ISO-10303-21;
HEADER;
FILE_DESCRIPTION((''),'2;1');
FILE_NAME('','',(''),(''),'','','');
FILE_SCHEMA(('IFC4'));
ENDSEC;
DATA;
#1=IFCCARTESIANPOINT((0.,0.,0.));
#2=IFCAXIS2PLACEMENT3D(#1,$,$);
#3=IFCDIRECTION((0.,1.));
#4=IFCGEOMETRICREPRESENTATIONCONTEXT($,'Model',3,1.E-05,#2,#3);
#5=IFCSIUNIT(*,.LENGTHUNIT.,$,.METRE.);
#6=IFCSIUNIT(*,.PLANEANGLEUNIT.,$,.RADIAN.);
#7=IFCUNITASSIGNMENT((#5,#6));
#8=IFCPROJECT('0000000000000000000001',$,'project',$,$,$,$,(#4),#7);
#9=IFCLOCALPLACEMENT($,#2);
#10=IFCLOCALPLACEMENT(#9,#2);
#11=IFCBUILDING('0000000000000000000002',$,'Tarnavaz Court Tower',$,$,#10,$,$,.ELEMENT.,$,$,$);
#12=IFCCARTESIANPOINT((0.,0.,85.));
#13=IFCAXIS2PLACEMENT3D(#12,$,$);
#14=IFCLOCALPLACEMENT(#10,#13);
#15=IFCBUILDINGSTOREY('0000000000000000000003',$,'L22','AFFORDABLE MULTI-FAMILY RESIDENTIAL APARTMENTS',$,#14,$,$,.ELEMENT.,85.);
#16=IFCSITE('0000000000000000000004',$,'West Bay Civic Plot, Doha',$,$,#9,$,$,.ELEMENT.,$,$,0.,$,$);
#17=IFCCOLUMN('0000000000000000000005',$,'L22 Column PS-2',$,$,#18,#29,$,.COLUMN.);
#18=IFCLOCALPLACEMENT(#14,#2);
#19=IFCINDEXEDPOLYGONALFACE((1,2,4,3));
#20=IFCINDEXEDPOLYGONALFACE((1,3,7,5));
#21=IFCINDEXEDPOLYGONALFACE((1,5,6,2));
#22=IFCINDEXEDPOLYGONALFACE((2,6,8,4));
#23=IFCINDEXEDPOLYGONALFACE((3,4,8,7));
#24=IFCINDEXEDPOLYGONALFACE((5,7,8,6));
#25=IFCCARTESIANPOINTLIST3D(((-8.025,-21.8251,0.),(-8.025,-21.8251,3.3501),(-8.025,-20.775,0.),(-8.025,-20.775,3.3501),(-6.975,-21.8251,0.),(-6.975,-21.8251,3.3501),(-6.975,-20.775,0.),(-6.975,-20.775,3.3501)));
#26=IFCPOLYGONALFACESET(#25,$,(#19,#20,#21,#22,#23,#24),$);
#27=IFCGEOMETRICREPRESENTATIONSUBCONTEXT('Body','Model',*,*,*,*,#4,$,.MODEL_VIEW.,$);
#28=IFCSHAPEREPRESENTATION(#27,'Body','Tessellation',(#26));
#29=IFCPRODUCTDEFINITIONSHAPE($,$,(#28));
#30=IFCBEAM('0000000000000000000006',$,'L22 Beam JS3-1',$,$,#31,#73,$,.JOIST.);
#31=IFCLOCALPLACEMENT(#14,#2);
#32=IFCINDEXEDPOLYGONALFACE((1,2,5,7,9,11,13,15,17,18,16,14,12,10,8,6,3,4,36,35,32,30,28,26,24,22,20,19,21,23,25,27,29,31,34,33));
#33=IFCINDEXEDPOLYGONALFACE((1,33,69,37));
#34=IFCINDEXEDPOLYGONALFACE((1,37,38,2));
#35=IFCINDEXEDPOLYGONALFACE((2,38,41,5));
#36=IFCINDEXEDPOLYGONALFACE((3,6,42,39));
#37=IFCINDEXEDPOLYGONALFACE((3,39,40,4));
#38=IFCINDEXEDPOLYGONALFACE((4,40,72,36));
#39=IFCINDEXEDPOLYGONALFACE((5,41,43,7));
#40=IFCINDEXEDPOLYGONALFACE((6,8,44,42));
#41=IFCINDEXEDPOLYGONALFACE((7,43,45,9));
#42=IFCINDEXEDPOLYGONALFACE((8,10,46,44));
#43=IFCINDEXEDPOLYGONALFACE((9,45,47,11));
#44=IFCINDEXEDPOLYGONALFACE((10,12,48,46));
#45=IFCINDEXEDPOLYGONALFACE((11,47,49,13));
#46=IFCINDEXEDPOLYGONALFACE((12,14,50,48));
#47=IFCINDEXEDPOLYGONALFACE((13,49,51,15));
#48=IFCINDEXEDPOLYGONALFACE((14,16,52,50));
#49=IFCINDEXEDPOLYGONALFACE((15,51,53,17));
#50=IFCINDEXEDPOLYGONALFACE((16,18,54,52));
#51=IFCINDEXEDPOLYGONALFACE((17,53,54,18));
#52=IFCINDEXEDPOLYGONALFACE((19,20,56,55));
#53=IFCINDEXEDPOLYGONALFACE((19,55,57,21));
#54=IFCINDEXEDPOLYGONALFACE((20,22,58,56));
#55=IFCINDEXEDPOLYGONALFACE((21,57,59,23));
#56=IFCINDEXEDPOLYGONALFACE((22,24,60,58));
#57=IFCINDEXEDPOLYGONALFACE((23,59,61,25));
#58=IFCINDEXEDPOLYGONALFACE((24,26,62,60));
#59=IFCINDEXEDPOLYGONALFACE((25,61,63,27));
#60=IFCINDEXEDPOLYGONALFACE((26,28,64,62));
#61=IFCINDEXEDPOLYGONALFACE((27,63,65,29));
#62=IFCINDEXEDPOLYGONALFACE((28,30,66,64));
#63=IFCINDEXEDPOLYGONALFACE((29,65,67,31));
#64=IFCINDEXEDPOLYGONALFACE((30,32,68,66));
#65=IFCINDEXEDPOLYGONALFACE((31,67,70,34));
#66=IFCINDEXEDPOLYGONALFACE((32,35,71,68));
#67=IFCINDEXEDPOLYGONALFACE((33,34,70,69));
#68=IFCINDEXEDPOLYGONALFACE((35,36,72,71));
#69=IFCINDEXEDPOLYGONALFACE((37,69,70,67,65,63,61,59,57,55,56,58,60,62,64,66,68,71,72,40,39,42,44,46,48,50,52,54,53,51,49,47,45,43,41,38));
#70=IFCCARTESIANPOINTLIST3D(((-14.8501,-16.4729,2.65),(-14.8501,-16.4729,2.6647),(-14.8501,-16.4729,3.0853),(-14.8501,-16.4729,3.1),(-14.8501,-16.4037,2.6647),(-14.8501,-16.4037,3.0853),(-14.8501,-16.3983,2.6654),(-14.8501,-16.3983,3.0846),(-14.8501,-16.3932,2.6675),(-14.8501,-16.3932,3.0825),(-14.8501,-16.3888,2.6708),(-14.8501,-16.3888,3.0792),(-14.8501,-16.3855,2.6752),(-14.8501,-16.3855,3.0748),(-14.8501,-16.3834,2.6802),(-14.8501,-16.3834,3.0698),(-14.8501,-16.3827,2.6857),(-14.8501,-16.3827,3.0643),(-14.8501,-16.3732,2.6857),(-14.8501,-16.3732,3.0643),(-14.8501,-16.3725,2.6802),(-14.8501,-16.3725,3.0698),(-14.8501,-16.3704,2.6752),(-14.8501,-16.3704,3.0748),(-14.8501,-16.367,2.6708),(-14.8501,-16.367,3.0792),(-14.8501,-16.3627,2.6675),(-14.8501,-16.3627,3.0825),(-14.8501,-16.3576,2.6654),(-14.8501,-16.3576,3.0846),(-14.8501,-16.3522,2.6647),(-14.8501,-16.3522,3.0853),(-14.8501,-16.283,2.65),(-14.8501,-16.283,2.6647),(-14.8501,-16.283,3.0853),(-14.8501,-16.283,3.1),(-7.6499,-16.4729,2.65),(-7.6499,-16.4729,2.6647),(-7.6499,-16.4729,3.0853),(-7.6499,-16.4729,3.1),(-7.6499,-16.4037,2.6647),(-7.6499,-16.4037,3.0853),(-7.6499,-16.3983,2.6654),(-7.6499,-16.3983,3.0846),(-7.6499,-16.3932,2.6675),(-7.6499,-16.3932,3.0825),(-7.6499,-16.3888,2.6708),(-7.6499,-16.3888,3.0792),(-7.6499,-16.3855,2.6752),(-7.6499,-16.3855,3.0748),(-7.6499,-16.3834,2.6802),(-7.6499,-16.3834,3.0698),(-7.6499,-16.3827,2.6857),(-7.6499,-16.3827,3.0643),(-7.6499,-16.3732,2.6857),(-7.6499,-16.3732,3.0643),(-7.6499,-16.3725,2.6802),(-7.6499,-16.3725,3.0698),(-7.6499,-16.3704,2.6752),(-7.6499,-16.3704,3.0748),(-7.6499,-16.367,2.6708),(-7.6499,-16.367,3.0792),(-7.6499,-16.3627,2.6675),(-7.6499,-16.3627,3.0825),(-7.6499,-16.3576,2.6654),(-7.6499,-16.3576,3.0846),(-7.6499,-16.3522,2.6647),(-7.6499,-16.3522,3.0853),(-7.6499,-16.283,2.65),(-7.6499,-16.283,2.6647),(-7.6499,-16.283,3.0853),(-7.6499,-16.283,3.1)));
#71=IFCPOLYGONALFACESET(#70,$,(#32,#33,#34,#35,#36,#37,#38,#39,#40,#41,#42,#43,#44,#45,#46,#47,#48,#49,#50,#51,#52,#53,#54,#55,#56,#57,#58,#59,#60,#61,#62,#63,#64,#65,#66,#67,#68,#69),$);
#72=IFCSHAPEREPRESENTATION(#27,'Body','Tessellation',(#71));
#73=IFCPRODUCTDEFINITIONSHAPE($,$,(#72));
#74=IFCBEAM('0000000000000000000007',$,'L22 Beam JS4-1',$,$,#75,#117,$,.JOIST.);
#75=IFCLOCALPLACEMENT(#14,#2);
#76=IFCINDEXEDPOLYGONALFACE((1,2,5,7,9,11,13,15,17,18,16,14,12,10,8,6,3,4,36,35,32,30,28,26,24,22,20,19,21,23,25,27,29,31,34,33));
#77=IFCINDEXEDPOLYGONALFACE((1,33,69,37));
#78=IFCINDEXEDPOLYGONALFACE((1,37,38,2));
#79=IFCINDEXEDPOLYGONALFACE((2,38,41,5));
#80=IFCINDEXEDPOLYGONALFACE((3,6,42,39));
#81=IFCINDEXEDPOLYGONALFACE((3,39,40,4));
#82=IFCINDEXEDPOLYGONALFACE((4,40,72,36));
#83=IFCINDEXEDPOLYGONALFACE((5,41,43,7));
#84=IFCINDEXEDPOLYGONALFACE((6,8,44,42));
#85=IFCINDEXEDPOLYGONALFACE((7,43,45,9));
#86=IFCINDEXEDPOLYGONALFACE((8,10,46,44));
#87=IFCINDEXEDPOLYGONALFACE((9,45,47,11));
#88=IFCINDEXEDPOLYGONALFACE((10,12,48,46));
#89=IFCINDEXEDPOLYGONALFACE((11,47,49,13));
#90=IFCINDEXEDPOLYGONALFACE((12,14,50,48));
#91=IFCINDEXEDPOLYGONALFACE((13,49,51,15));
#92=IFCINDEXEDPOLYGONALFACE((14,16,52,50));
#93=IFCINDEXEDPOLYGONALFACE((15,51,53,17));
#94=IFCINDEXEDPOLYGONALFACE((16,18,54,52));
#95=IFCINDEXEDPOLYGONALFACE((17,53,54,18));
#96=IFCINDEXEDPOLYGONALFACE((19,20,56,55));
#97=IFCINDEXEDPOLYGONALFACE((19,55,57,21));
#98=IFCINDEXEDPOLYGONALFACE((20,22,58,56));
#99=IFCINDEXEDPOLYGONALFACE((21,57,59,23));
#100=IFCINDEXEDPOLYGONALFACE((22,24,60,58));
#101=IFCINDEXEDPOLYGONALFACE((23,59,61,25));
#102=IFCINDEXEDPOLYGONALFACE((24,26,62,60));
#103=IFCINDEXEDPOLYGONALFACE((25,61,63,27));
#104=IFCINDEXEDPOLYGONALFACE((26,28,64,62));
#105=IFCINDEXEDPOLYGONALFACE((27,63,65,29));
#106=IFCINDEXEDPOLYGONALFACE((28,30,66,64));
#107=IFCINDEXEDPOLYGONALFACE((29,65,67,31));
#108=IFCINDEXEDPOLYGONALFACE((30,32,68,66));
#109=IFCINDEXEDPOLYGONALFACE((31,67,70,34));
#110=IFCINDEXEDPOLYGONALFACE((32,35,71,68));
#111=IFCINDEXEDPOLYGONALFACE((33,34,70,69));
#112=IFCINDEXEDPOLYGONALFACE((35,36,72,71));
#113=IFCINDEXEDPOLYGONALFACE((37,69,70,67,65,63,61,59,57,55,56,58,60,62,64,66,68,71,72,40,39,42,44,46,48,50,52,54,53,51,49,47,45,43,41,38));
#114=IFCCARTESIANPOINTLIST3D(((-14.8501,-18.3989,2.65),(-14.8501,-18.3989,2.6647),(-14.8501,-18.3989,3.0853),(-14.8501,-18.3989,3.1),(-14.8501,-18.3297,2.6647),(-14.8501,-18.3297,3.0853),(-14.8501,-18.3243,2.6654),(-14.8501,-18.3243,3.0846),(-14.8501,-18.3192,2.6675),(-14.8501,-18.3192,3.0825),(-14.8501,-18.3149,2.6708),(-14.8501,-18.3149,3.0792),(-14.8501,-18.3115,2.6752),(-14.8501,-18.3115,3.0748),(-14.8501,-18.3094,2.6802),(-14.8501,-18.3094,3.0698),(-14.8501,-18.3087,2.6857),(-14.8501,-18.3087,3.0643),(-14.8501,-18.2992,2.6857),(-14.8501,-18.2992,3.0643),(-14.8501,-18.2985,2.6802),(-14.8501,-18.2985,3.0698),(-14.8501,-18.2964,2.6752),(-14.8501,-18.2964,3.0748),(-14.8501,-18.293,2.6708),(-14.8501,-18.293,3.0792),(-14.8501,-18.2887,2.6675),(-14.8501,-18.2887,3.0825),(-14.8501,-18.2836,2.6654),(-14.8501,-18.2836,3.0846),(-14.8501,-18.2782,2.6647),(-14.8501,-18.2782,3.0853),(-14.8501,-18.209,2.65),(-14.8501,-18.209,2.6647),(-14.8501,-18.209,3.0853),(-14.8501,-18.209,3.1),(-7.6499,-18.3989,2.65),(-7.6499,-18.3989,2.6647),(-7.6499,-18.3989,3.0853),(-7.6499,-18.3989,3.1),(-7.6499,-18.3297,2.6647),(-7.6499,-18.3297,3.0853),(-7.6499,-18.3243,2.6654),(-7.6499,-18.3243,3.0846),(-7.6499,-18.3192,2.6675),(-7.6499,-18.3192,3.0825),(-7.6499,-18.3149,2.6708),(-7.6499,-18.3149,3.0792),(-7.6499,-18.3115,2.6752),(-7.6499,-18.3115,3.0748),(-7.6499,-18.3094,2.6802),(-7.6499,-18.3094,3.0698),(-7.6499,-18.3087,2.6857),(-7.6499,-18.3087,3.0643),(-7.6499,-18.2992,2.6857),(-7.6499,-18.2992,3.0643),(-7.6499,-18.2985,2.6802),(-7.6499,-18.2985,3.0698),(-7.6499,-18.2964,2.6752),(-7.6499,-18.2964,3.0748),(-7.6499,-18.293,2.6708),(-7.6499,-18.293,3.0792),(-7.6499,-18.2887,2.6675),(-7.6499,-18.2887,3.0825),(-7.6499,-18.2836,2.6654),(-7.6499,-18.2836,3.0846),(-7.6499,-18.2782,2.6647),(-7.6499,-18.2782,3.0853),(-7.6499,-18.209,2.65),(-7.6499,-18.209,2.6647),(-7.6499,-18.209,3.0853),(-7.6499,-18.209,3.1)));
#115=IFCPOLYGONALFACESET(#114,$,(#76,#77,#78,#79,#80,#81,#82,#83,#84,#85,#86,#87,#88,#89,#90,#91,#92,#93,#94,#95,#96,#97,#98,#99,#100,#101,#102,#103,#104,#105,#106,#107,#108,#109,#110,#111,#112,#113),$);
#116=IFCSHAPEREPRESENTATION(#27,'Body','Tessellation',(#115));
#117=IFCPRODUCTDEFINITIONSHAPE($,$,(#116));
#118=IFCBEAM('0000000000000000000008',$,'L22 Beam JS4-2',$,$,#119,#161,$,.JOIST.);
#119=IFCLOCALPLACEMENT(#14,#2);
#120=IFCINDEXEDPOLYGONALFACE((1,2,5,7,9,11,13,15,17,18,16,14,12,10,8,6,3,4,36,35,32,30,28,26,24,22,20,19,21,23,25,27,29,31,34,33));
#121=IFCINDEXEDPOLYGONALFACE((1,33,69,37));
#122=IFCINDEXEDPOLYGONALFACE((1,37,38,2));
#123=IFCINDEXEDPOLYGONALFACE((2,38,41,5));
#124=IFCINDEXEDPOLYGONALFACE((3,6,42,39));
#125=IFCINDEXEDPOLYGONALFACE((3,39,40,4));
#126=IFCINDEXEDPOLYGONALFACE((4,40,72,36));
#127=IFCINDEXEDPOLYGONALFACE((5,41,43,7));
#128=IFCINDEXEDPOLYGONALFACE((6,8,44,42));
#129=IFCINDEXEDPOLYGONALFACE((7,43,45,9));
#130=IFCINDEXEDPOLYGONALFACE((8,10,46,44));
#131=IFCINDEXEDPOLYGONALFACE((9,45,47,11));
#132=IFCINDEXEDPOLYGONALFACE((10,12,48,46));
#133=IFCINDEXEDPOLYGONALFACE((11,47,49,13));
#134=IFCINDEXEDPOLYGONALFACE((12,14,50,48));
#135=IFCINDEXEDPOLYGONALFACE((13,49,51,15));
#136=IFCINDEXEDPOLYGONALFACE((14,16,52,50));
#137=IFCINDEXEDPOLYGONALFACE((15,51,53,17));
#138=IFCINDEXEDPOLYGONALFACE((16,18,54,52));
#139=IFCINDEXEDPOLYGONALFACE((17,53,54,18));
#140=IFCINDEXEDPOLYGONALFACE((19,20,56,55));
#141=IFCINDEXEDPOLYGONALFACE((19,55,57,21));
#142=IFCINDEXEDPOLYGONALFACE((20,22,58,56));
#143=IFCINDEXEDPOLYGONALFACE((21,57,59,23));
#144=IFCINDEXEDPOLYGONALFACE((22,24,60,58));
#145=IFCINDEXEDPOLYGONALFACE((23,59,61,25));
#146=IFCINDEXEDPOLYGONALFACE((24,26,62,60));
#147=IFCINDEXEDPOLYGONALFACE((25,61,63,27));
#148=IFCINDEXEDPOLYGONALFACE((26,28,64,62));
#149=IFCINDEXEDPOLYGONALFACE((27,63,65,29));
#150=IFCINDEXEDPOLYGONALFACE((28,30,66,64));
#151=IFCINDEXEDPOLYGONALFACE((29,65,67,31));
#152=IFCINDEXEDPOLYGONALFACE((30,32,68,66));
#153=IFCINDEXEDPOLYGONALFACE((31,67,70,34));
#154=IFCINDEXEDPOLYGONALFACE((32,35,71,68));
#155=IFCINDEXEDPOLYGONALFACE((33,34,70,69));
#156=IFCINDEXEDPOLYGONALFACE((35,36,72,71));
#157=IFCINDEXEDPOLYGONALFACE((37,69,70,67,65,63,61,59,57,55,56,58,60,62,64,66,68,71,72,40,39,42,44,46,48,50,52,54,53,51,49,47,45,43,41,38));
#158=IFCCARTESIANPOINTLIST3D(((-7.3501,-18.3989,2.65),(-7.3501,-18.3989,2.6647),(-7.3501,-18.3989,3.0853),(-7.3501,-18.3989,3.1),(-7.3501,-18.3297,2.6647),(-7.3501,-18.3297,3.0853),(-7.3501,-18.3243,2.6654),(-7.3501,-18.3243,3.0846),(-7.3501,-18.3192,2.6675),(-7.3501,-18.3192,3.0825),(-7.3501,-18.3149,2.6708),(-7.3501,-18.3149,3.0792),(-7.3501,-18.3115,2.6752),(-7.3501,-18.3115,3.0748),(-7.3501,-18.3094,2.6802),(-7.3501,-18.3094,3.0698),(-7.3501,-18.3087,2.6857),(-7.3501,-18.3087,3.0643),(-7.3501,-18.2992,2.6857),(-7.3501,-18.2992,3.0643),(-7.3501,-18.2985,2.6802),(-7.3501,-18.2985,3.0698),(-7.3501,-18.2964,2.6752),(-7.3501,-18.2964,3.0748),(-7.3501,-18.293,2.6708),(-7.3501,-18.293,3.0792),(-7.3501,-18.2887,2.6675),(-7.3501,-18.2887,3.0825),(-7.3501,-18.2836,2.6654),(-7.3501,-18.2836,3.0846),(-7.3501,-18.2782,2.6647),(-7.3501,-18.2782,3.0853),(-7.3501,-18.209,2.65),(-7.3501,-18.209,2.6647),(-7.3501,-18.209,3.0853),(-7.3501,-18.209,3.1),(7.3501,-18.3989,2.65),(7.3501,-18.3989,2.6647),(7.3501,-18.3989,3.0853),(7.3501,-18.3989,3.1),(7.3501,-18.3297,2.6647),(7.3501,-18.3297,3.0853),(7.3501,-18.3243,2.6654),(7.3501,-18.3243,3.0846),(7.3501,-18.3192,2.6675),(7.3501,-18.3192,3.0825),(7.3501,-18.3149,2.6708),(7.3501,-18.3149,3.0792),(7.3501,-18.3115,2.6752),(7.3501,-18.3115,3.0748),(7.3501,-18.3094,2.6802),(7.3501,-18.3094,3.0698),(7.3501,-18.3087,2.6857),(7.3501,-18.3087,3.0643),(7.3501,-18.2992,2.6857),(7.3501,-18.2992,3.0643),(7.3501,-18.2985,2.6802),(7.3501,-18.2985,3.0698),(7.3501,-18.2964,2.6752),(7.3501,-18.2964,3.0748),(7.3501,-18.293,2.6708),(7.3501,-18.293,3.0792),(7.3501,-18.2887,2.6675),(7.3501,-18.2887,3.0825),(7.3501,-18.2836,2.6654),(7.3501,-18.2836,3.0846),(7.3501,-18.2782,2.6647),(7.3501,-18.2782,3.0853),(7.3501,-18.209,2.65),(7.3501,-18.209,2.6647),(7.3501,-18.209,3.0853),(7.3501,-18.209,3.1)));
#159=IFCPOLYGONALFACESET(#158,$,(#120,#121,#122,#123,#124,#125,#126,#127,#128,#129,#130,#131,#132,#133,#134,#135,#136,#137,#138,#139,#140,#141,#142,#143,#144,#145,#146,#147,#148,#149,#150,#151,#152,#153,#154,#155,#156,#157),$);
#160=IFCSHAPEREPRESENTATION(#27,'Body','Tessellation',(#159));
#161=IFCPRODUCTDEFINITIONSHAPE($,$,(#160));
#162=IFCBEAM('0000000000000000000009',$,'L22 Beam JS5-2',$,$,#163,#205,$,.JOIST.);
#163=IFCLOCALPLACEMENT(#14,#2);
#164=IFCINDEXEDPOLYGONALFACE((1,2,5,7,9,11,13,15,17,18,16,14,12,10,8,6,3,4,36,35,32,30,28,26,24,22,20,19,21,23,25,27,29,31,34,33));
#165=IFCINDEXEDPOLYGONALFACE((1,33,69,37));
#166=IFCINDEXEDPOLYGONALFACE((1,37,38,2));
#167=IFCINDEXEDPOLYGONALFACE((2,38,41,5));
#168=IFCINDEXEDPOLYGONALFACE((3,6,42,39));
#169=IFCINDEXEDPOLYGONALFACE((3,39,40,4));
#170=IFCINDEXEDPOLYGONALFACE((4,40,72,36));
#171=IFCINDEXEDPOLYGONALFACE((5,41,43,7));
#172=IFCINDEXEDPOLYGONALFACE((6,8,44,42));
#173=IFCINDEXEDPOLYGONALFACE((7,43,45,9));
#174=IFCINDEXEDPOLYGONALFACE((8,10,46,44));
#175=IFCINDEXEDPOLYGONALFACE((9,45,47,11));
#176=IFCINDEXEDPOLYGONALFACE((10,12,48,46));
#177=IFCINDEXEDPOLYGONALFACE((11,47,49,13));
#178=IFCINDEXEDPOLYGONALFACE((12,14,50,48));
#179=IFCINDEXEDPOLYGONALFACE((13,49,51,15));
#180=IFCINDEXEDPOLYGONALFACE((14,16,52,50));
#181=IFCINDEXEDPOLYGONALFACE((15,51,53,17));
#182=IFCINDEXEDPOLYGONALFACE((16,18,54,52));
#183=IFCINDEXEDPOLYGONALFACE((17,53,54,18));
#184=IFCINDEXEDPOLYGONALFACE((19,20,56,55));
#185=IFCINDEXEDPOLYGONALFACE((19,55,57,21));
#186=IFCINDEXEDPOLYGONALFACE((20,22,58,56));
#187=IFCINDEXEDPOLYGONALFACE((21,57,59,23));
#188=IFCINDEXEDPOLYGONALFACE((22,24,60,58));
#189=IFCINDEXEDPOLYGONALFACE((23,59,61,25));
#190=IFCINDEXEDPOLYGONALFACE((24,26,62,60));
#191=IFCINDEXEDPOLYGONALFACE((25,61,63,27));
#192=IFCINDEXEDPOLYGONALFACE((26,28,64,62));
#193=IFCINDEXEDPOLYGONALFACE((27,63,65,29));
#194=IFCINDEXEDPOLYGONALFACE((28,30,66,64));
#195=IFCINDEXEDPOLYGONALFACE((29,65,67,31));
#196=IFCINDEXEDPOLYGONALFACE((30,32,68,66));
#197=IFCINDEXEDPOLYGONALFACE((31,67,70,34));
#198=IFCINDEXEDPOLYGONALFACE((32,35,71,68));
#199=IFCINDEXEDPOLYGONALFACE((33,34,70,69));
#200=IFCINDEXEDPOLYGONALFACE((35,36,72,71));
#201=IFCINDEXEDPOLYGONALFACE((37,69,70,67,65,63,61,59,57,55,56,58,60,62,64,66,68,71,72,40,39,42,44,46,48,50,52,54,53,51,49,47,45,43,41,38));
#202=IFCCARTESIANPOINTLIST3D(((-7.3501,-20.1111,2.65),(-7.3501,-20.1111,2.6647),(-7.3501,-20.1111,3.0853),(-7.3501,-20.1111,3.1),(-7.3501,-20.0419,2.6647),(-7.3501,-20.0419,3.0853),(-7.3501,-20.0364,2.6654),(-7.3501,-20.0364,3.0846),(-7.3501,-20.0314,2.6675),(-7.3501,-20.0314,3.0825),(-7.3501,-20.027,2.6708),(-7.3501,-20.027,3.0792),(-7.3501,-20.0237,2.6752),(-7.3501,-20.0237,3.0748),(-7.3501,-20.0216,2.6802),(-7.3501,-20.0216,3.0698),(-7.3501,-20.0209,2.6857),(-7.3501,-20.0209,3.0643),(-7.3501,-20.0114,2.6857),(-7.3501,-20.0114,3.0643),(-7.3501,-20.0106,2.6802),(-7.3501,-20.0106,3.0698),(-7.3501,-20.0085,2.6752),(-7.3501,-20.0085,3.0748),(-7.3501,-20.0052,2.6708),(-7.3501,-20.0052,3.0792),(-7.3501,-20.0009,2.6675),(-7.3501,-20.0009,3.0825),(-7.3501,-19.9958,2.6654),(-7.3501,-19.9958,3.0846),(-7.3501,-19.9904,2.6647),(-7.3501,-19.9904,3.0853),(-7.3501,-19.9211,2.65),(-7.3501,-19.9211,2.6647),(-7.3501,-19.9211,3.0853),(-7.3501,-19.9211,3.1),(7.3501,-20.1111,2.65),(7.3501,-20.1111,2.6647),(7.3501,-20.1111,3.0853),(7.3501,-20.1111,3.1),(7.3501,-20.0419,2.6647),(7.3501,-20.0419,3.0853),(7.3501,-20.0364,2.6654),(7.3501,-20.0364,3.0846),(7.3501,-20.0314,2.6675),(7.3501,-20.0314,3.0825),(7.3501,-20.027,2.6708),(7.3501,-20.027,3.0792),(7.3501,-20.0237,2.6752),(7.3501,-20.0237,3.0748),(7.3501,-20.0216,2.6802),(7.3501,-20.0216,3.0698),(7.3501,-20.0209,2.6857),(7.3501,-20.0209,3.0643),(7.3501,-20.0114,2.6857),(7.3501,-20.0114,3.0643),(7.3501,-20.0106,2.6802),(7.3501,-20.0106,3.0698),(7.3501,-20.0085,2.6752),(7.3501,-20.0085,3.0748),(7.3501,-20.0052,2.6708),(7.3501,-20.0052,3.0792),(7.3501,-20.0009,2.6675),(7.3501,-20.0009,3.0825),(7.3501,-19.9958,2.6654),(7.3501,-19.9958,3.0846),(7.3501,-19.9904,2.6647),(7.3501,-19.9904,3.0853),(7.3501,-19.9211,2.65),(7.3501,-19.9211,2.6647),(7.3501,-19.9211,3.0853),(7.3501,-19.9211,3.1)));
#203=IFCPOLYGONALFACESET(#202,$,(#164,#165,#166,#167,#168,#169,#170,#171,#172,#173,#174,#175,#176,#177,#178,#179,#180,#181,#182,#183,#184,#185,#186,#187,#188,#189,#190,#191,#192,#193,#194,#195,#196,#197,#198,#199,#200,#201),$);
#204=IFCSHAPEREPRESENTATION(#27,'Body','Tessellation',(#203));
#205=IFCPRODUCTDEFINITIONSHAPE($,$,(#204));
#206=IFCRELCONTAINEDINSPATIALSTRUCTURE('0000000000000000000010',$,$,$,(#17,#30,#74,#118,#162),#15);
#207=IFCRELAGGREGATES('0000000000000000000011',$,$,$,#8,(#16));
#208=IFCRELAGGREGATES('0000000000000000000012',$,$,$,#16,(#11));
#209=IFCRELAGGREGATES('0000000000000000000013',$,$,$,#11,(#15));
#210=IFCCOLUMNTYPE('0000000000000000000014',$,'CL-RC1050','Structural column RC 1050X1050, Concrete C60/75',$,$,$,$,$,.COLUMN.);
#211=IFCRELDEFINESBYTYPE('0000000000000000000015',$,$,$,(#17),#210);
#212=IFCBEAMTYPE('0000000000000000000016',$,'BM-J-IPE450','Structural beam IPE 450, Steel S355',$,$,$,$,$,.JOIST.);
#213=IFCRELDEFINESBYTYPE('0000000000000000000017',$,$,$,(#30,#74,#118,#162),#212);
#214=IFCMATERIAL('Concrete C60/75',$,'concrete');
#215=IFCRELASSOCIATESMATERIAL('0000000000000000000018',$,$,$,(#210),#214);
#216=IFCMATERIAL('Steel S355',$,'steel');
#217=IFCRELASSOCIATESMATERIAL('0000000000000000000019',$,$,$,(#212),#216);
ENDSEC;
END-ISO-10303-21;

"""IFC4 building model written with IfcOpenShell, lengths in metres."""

from ifc_helpers import new_model, si_unit, direction, frame, origin, origin_2d, place, context, subcontext, project, spatial, rectangle, i_section, extrude, material, material_profile, profile_set, type_object, element, save


model = new_model("IFC4")

# Units and contexts
model_context = context("Model", 3, precision=1e-05, world=origin(), true_north=direction((0.0, 1.0)))
body_context = subcontext(model_context, "Body", "Model", "MODEL_VIEW")
ifc_project = project(units=[si_unit("LENGTHUNIT", "METRE"), si_unit("PLANEANGLEUNIT", "RADIAN")], contexts=[model_context])

# Site, building, storey
site_placement = place(None, origin())
site = spatial("IfcSite", under=ifc_project, at=site_placement, Name="West Bay Civic Plot, Doha", CompositionType="ELEMENT", RefElevation=0.0)
building_placement = place(site_placement, origin())
building = spatial("IfcBuilding", under=site, at=building_placement, Name="Tarnavaz Court Tower", CompositionType="ELEMENT")
storey_placement = place(building_placement, frame((0.0, 0.0, 85.0)))
storey = spatial("IfcBuildingStorey", under=building, at=storey_placement, Name="L22", Description="AFFORDABLE MULTI-FAMILY RESIDENTIAL APARTMENTS", CompositionType="ELEMENT", Elevation=85.0)

# Column
ifc_material_1 = material(Name="Concrete C60/75", Category="concrete")
ifc_material_profile_1 = material_profile(ifc_material_1, rectangle(XDim=1.05, YDim=1.05, at=origin_2d()), Name="RC 1050X1050")
ifc_profile_set_1 = profile_set([ifc_material_profile_1], Name="Concrete C60/75")
column_type = type_object("IfcColumnType", Name="CL-RC1050", Description="Structural column RC 1050X1050, Concrete C60/75", PredefinedType="COLUMN", material=ifc_profile_set_1)
column_placement = place(storey_placement, frame((-7.5, -21.3, 0.0), z_axis=(0.0, 0.0, 1.0), x_axis=(1.0, 0.0, 0.0)))
element("IfcColumn", 1, at=column_placement, inside=storey, type_object=column_type, Name="L22 Column PS-2", PredefinedType="COLUMN", context=body_context, shape_type="SweptSolid", body=[
    extrude(rectangle(XDim=1.05, YDim=1.05, at=origin_2d()), origin(), (0.0, 0.0, 1.0), 3.3501),
])

# Beams
ifc_material_2 = material(Name="Steel S355", Category="steel")
ifc_material_profile_2 = material_profile(ifc_material_2, i_section(OverallWidth=0.1899, OverallDepth=0.45, WebThickness=0.0095, FlangeThickness=0.0146, FilletRadius=0.021, at=origin_2d()), Name="IPE 450")
ifc_profile_set_2 = profile_set([ifc_material_profile_2], Name="Steel S355")
beam_type_1 = type_object("IfcBeamType", Name="BM-J-IPE450", Description="Structural beam IPE 450, Steel S355", PredefinedType="JOIST", material=ifc_profile_set_2)
for number, where, z_axis, x_axis, name in (
    (2, (-14.8501, -16.3779, 2.875), (1.0, 0.0, 0.0), (0.0, 1.0, 0.0), "L22 Beam JS3-1"),
    (3, (-14.8501, -18.304, 2.875), (1.0, 0.0, 0.0), (0.0, 1.0, 0.0), "L22 Beam JS4-1"),
):
    element("IfcBeam", number, at=place(storey_placement, frame(where, z_axis=z_axis, x_axis=x_axis)), inside=storey, type_object=beam_type_1, Name=name, PredefinedType="JOIST", context=body_context, shape_type="SweptSolid", body=[
        extrude(i_section(OverallWidth=0.1899, OverallDepth=0.45, WebThickness=0.0095, FlangeThickness=0.0146, FilletRadius=0.021, at=origin_2d()), origin(), (0.0, 0.0, 1.0), 7.2002),
    ])
for number, where, z_axis, x_axis, name in (
    (4, (-7.3501, -18.304, 2.875), (1.0, 0.0, 0.0), (0.0, 1.0, 0.0), "L22 Beam JS4-2"),
    (5, (-7.3501, -20.0161, 2.875), (1.0, 0.0, 0.0), (0.0, 1.0, 0.0), "L22 Beam JS5-2"),
):
    element("IfcBeam", number, at=place(storey_placement, frame(where, z_axis=z_axis, x_axis=x_axis)), inside=storey, type_object=beam_type_1, Name=name, PredefinedType="JOIST", context=body_context, shape_type="SweptSolid", body=[
        extrude(i_section(OverallWidth=0.1899, OverallDepth=0.45, WebThickness=0.0095, FlangeThickness=0.0146, FilletRadius=0.021, at=origin_2d()), origin(), (0.0, 0.0, 1.0), 14.7002),
    ])

save(model, "model.ifc")
